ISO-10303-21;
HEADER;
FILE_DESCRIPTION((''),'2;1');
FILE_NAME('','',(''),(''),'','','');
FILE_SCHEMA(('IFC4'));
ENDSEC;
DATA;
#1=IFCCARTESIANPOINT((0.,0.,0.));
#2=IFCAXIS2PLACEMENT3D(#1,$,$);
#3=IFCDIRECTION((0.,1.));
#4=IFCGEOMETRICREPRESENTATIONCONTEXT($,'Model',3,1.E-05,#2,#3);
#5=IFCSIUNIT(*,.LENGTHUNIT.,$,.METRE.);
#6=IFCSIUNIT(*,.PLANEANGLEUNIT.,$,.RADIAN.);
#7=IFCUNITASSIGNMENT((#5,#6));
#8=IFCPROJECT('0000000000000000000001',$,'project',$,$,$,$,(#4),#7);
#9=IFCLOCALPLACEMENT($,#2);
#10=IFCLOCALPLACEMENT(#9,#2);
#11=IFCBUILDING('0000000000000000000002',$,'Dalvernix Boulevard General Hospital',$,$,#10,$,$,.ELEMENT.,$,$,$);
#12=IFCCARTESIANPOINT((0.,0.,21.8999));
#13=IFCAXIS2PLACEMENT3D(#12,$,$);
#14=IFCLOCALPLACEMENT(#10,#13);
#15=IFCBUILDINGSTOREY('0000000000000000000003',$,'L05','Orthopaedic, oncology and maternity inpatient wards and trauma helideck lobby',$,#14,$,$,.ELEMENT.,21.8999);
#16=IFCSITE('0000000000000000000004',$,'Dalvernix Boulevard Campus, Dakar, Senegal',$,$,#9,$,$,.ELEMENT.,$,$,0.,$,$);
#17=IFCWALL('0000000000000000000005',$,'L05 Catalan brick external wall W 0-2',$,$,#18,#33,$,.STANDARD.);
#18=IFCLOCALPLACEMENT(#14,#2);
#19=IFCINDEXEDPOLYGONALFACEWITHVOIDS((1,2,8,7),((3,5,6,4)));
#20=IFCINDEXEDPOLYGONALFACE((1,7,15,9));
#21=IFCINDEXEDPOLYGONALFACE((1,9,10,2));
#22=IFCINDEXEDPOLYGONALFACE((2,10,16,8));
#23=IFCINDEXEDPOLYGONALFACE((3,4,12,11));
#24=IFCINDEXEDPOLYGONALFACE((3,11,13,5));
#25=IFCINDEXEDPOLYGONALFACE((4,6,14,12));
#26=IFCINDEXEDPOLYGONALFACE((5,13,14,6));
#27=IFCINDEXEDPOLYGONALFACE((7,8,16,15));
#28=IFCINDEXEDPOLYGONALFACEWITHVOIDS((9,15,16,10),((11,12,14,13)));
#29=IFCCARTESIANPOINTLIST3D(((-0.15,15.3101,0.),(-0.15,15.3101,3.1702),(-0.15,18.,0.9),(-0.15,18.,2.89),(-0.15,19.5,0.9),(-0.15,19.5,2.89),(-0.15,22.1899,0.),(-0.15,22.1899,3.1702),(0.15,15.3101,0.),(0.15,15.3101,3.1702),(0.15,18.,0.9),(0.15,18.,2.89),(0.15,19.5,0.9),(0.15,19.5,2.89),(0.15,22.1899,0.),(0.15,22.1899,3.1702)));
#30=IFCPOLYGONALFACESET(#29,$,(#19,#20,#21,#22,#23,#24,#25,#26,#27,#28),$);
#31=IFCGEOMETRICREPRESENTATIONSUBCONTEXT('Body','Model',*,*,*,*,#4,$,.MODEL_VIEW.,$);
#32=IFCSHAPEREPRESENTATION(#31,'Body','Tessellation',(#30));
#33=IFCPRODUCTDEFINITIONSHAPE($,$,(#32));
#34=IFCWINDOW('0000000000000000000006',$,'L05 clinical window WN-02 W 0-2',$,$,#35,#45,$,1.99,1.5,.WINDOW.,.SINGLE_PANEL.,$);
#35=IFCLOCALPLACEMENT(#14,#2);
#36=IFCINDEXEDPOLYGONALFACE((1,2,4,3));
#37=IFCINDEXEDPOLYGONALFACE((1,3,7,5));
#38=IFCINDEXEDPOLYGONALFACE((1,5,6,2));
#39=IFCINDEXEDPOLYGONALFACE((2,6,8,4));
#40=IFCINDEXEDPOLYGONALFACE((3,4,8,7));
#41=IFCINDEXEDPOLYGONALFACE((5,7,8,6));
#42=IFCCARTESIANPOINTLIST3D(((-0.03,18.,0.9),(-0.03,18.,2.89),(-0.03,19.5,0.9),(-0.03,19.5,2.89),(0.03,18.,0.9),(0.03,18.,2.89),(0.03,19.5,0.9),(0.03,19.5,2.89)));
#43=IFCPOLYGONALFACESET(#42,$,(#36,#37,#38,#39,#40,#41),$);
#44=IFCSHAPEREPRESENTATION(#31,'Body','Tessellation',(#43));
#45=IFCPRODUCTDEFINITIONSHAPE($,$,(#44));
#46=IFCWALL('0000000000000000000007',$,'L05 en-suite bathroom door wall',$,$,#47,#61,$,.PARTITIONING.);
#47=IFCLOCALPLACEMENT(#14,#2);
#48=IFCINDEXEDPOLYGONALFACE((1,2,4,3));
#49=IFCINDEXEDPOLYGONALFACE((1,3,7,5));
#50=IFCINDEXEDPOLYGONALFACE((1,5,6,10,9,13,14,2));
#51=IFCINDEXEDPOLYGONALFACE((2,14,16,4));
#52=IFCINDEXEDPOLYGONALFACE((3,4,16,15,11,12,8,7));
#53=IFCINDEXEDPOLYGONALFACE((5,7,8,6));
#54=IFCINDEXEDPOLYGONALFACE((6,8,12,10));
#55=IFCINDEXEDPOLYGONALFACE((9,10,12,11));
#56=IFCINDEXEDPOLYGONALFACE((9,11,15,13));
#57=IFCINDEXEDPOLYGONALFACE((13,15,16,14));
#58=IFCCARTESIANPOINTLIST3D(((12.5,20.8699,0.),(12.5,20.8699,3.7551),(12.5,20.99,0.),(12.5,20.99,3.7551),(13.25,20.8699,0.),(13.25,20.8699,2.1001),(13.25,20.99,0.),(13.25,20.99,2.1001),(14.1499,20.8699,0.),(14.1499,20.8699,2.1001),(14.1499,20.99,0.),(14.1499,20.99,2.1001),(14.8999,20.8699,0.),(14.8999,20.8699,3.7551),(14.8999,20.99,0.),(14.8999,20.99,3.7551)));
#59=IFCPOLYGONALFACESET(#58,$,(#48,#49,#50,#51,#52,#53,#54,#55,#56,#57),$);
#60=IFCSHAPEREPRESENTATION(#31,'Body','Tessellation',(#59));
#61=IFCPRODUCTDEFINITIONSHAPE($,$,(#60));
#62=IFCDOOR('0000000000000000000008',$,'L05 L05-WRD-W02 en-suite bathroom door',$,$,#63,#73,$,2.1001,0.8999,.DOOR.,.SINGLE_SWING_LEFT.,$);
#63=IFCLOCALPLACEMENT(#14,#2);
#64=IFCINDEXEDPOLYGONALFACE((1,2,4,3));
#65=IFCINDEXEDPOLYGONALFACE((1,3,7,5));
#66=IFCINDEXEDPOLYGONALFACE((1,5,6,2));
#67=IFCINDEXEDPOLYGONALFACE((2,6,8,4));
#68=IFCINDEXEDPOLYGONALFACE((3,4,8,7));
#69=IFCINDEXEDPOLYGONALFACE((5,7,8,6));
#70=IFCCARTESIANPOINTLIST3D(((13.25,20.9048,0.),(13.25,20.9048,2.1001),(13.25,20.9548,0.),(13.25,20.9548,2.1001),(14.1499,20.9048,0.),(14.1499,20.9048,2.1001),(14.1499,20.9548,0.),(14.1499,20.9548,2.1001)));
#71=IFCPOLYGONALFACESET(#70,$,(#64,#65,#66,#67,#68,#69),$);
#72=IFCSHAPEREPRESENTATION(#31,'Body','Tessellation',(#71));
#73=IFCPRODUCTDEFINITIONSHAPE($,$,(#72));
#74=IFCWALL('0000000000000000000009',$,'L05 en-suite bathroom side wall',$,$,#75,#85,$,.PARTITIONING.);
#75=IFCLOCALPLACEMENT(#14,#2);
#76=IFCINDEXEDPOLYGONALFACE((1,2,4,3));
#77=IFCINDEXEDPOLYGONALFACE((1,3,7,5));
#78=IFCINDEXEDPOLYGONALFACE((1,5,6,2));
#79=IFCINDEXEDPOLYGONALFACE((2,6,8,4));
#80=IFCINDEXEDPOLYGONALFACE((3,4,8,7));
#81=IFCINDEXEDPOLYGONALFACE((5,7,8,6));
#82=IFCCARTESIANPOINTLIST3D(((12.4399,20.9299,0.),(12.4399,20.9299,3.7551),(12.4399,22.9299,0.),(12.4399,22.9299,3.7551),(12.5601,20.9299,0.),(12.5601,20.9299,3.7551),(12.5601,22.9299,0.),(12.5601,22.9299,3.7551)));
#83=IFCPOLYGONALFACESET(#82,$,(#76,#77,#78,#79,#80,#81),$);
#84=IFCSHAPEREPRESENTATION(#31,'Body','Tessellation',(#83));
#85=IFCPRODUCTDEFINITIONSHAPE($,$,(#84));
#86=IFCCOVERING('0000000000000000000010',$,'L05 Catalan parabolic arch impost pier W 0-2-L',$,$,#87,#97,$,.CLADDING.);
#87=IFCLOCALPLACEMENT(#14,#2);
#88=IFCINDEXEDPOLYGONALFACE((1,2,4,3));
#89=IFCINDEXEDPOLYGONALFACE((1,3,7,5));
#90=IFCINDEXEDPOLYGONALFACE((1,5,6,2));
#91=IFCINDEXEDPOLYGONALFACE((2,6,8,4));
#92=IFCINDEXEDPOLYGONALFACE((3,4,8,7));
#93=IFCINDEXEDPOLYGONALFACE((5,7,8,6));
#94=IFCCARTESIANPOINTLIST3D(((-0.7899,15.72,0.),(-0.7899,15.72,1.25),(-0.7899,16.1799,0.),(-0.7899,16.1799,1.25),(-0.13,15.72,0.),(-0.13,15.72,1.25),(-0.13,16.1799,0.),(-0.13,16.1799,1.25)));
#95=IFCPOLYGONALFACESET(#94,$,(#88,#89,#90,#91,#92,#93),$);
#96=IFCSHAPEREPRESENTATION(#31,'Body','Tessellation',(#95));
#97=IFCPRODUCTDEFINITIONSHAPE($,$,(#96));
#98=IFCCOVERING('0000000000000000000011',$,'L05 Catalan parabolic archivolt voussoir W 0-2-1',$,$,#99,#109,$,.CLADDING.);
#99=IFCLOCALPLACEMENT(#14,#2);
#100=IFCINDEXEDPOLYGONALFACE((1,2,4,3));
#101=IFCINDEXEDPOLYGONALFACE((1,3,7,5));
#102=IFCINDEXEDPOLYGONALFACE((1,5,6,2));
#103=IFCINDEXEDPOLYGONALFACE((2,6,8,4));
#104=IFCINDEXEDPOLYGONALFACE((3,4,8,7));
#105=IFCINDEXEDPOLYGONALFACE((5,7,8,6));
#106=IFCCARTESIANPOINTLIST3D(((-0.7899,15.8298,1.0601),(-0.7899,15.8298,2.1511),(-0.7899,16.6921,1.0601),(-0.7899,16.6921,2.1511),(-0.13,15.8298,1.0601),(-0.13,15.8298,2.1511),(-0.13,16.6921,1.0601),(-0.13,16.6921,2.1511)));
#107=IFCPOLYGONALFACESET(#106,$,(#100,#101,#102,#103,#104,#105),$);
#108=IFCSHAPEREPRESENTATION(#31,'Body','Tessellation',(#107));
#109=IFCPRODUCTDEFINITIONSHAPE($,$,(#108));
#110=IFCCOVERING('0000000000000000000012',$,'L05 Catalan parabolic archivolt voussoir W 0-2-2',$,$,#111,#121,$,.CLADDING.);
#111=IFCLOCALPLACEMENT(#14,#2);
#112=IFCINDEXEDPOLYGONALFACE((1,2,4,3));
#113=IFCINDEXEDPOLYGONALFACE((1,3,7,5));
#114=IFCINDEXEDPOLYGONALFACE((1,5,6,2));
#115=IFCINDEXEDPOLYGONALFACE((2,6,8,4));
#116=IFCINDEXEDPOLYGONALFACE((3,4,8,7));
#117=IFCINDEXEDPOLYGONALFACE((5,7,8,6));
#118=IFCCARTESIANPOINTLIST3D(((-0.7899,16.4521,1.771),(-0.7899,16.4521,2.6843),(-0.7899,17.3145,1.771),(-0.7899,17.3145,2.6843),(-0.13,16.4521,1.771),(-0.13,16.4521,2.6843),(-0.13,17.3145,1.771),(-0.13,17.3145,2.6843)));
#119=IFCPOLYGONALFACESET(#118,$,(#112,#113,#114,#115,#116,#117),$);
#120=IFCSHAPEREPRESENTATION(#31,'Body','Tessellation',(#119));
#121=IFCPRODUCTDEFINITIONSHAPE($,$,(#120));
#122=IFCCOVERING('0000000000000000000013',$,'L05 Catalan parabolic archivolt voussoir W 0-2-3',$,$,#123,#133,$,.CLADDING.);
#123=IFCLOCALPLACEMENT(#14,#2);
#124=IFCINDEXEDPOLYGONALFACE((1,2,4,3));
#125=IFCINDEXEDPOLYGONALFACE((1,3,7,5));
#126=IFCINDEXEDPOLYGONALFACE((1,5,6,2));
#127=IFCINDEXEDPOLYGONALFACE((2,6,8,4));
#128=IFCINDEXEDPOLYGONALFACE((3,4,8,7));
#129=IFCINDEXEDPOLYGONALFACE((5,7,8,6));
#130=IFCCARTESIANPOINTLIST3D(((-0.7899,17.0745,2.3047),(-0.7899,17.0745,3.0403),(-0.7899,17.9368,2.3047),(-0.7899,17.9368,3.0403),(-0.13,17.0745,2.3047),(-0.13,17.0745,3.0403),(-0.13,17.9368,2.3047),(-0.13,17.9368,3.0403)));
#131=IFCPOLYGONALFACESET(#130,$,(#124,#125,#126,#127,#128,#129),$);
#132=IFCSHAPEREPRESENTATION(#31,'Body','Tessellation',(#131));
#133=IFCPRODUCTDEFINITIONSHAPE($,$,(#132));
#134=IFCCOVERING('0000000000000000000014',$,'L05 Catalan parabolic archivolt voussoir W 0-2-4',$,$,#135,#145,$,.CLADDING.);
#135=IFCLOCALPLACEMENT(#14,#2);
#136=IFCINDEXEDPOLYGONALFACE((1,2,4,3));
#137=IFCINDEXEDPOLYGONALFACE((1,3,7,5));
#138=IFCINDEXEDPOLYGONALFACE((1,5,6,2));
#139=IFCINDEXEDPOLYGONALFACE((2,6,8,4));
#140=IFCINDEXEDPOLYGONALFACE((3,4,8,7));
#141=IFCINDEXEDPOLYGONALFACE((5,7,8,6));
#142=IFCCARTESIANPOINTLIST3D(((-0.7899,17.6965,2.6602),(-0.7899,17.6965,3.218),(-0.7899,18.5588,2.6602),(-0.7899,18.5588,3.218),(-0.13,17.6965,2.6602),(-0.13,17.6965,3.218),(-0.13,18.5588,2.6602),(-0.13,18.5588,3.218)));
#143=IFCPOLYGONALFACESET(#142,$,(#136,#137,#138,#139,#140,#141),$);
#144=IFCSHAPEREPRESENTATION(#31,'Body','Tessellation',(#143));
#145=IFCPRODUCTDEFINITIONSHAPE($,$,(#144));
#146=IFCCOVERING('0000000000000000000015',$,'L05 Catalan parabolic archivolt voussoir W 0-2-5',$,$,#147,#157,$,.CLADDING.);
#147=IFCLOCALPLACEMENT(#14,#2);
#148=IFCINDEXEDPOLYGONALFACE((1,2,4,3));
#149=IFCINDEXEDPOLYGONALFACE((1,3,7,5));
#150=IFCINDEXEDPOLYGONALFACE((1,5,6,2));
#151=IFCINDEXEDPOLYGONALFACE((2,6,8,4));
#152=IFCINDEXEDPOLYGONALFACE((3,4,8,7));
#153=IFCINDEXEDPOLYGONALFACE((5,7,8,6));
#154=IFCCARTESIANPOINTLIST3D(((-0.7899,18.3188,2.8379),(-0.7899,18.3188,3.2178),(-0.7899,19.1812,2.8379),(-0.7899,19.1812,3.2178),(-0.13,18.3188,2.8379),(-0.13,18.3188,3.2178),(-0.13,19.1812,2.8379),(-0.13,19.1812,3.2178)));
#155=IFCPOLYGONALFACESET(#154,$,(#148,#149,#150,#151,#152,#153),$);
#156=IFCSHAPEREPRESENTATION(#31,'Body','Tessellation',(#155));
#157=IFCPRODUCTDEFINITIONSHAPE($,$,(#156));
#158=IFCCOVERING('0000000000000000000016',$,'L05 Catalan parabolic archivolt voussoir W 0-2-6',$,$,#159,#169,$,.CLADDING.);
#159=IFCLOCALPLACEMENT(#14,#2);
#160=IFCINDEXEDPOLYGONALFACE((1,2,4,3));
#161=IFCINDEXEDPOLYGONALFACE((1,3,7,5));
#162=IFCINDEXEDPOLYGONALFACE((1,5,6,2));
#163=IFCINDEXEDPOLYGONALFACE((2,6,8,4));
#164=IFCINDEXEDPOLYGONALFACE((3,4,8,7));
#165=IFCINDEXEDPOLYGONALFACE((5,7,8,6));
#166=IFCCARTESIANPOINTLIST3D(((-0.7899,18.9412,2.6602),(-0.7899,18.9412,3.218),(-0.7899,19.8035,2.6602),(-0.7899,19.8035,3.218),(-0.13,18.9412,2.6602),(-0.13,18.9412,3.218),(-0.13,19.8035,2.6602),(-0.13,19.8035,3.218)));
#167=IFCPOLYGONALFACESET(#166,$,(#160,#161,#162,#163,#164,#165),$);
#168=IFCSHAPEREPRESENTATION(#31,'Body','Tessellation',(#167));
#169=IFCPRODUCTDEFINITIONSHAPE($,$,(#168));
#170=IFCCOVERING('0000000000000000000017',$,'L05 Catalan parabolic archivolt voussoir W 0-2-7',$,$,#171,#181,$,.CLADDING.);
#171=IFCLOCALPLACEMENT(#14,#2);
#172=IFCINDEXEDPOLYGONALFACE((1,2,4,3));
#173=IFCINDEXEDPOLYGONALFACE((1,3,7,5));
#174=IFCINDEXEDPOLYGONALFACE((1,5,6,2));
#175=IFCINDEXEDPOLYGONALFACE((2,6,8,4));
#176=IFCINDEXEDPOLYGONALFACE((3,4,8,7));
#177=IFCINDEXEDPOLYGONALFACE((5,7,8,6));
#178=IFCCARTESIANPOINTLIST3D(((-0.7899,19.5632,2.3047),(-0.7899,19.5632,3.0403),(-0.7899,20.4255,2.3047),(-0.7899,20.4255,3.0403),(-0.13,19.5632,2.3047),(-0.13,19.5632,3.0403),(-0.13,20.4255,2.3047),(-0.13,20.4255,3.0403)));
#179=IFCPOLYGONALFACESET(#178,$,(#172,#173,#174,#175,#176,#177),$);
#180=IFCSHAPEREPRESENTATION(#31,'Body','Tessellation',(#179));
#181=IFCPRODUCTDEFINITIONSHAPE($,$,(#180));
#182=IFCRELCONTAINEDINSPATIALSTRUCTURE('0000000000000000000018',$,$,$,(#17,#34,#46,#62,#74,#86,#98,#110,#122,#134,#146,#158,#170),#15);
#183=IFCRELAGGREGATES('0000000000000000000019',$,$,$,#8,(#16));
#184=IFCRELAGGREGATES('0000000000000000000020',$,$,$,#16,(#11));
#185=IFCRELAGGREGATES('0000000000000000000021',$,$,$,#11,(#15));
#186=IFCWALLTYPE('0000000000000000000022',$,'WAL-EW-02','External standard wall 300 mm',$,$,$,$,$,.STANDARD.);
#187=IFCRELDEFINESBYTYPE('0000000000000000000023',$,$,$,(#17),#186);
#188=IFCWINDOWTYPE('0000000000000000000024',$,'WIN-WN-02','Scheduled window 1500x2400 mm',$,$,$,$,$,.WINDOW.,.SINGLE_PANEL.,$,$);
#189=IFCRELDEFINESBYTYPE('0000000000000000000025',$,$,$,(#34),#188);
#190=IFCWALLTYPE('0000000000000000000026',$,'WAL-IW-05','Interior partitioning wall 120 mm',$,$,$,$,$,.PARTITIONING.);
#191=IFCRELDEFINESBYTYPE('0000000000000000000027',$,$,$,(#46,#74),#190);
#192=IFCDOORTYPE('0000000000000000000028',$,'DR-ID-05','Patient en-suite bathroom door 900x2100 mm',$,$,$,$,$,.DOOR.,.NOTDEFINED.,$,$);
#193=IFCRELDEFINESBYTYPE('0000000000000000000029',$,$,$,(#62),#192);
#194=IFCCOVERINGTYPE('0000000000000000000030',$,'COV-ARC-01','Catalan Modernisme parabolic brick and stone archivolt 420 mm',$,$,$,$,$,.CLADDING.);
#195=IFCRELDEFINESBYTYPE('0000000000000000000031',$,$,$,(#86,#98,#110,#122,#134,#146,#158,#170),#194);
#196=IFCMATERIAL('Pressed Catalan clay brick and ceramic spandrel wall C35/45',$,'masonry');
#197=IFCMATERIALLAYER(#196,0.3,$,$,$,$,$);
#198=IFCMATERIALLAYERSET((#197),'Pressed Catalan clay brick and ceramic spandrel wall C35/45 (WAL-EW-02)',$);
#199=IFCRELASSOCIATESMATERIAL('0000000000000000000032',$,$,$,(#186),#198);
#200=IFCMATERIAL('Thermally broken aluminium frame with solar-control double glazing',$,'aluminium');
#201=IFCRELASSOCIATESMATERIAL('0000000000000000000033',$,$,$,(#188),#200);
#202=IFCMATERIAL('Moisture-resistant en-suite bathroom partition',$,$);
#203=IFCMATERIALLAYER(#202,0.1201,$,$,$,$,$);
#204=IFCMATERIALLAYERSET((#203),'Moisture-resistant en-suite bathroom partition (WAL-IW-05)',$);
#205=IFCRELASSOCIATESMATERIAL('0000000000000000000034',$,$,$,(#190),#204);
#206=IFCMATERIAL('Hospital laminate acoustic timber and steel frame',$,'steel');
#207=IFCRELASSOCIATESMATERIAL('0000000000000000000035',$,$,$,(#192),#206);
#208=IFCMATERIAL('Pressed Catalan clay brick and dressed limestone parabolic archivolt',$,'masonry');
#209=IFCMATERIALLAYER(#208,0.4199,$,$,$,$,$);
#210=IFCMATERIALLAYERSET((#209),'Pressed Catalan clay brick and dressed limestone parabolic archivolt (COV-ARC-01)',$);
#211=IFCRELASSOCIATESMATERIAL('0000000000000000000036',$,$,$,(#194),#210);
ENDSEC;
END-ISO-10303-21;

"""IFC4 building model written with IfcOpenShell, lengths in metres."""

from ifc_helpers import new_model, si_unit, direction, frame, frame_2d, origin, origin_2d, place, context, subcontext, project, spatial, rectangle, extrude, material, layer, layer_set, type_object, element, fill, save


model = new_model("IFC4")

# Units and contexts
model_context = context("Model", 3, precision=1e-05, world=origin(), true_north=direction((0.0, 1.0)))
body_context = subcontext(model_context, "Body", "Model", "MODEL_VIEW")
ifc_project = project(units=[si_unit("LENGTHUNIT", "METRE"), si_unit("PLANEANGLEUNIT", "RADIAN")], contexts=[model_context])

# Site, building, storey
site_placement = place(None, origin())
site = spatial("IfcSite", under=ifc_project, at=site_placement, Name="Dalvernix Boulevard Campus, Dakar, Senegal", CompositionType="ELEMENT", RefElevation=0.0)
building_placement = place(site_placement, origin())
building = spatial("IfcBuilding", under=site, at=building_placement, Name="Dalvernix Boulevard General Hospital", CompositionType="ELEMENT")
storey_placement = place(building_placement, frame((0.0, 0.0, 21.8999)))
storey = spatial("IfcBuildingStorey", under=building, at=storey_placement, Name="L05", Description="Orthopaedic, oncology and maternity inpatient wards and trauma helideck lobby", CompositionType="ELEMENT", Elevation=21.8999)

# Wall, opening, window
ifc_material_1 = material(Name="Pressed Catalan clay brick and ceramic spandrel wall C35/45", Category="masonry")
ifc_layer_1 = layer(ifc_material_1, 0.3)
ifc_layer_set_1 = layer_set([ifc_layer_1], Name="Pressed Catalan clay brick and ceramic spandrel wall C35/45 (WAL-EW-02)")
wall_type_1 = type_object("IfcWallType", Name="WAL-EW-02", Description="External standard wall 300 mm", PredefinedType="STANDARD", material=ifc_layer_set_1)
wall_1_placement = place(storey_placement, frame((0.0, 15.3101, 0.0), z_axis=(0.0, 0.0, 1.0), x_axis=(0.0, 1.0, 0.0)))
wall_1 = element("IfcWall", 1, at=wall_1_placement, inside=storey, type_object=wall_type_1, Name="L05 Catalan brick external wall W 0-2", PredefinedType="STANDARD", context=body_context, shape_type="SweptSolid", body=[
    extrude(rectangle(XDim=6.8799, YDim=0.3, at=frame_2d((3.4399, 0.0))), origin(), (0.0, 0.0, 1.0), 3.1702),
])
opening_1_placement = place(wall_1_placement, frame((2.6899, 0.0, 0.8999)))
opening_1 = element("IfcOpeningElement", 2, at=opening_1_placement, cuts=wall_1, PredefinedType="OPENING", context=body_context, shape_type="SweptSolid", body=[
    extrude(rectangle(XDim=1.5, YDim=1.99, at=frame_2d((0.75, 0.9951))), frame((0.0, 0.1599, 0.0), z_axis=(0.0, -1.0, 0.0), x_axis=(1.0, 0.0, 0.0)), (0.0, 0.0, 1.0), 0.3201),
])
ifc_material_2 = material(Name="Thermally broken aluminium frame with solar-control double glazing", Category="aluminium")
window_type = type_object("IfcWindowType", Name="WIN-WN-02", Description="Scheduled window 1500x2400 mm", PartitioningType="SINGLE_PANEL", PredefinedType="WINDOW", material=ifc_material_2)
window_placement = place(opening_1_placement, origin())
window = element("IfcWindow", 3, at=window_placement, inside=storey, type_object=window_type, Name="L05 clinical window WN-02 W 0-2", OverallHeight=1.99, OverallWidth=1.5, PartitioningType="SINGLE_PANEL", PredefinedType="WINDOW", context=body_context, shape_type="SweptSolid", body=[
    extrude(rectangle(XDim=1.5, YDim=1.99, at=frame_2d((0.75, 0.9951))), frame((0.0, 0.03, 0.0), z_axis=(0.0, -1.0, 0.0), x_axis=(1.0, 0.0, 0.0)), (0.0, 0.0, 1.0), 0.0601),
])
fill(opening_1, window)

# Wall, opening, door
ifc_material_3 = material(Name="Moisture-resistant en-suite bathroom partition")
ifc_layer_2 = layer(ifc_material_3, 0.1201)
ifc_layer_set_2 = layer_set([ifc_layer_2], Name="Moisture-resistant en-suite bathroom partition (WAL-IW-05)")
wall_type_2 = type_object("IfcWallType", Name="WAL-IW-05", Description="Interior partitioning wall 120 mm", PredefinedType="PARTITIONING", material=ifc_layer_set_2)
wall_2_placement = place(storey_placement, frame((12.5, 20.9299, 0.0), z_axis=(0.0, 0.0, 1.0), x_axis=(1.0, 0.0, 0.0)))
wall_2 = element("IfcWall", 4, at=wall_2_placement, inside=storey, type_object=wall_type_2, Name="L05 en-suite bathroom door wall", PredefinedType="PARTITIONING", context=body_context, shape_type="SweptSolid", body=[
    extrude(rectangle(XDim=2.3999, YDim=0.1201, at=frame_2d((1.2, 0.0))), origin(), (0.0, 0.0, 1.0), 3.7551),
])
opening_2_placement = place(wall_2_placement, frame((0.75, 0.0, 0.0)))
opening_2 = element("IfcOpeningElement", 5, at=opening_2_placement, cuts=wall_2, PredefinedType="OPENING", context=body_context, shape_type="SweptSolid", body=[
    extrude(rectangle(XDim=0.8999, YDim=2.1001, at=frame_2d((0.45, 1.05))), frame((0.0, 0.0701, 0.0), z_axis=(0.0, -1.0, 0.0), x_axis=(1.0, 0.0, 0.0)), (0.0, 0.0, 1.0), 0.1401),
])
ifc_material_4 = material(Name="Hospital laminate acoustic timber and steel frame", Category="steel")
door_type = type_object("IfcDoorType", Name="DR-ID-05", Description="Patient en-suite bathroom door 900x2100 mm", OperationType="NOTDEFINED", PredefinedType="DOOR", material=ifc_material_4)
door_placement = place(opening_2_placement, origin())
door = element("IfcDoor", 6, at=door_placement, inside=storey, type_object=door_type, Name="L05 L05-WRD-W02 en-suite bathroom door", OperationType="SINGLE_SWING_LEFT", OverallHeight=2.1001, OverallWidth=0.8999, PredefinedType="DOOR", context=body_context, shape_type="SweptSolid", body=[
    extrude(rectangle(XDim=0.8999, YDim=2.1001, at=frame_2d((0.45, 1.05))), frame((0.0, 0.0249, 0.0), z_axis=(0.0, -1.0, 0.0), x_axis=(1.0, 0.0, 0.0)), (0.0, 0.0, 1.0), 0.05),
])
fill(opening_2, door)

# Wall
wall_3_placement = place(storey_placement, frame((12.5, 20.9299, 0.0), z_axis=(0.0, 0.0, 1.0), x_axis=(0.0, 1.0, 0.0)))
element("IfcWall", 7, at=wall_3_placement, inside=storey, type_object=wall_type_2, Name="L05 en-suite bathroom side wall", PredefinedType="PARTITIONING", context=body_context, shape_type="SweptSolid", body=[
    extrude(rectangle(XDim=2.0, YDim=0.1201, at=frame_2d((1.0, 0.0))), origin(), (0.0, 0.0, 1.0), 3.7551),
])

# Coverings
ifc_material_5 = material(Name="Pressed Catalan clay brick and dressed limestone parabolic archivolt", Category="masonry")
ifc_layer_3 = layer(ifc_material_5, 0.4199)
ifc_layer_set_3 = layer_set([ifc_layer_3], Name="Pressed Catalan clay brick and dressed limestone parabolic archivolt (COV-ARC-01)")
covering_type_1 = type_object("IfcCoveringType", Name="COV-ARC-01", Description="Catalan Modernisme parabolic brick and stone archivolt 420 mm", PredefinedType="CLADDING", material=ifc_layer_set_3)
covering_1_placement = place(storey_placement, frame((-0.46, 15.95, 0.0), z_axis=(0.0, 0.0, 1.0), x_axis=(0.0, 1.0, 0.0)))
element("IfcCovering", 8, at=covering_1_placement, inside=storey, type_object=covering_type_1, Name="L05 Catalan parabolic arch impost pier W 0-2-L", PredefinedType="CLADDING", context=body_context, shape_type="SweptSolid", body=[
    extrude(rectangle(XDim=0.46, YDim=0.6599, at=origin_2d()), origin(), (0.0, 0.0, 1.0), 1.25),
])
covering_2_placement = place(storey_placement, frame((-0.46, 16.261, 1.0601), z_axis=(0.0, 0.0, 1.0), x_axis=(0.0, 1.0, 0.0)))
element("IfcCovering", 9, at=covering_2_placement, inside=storey, type_object=covering_type_1, Name="L05 Catalan parabolic archivolt voussoir W 0-2-1", PredefinedType="CLADDING", context=body_context, shape_type="SweptSolid", body=[
    extrude(rectangle(XDim=0.8623, YDim=0.6599, at=origin_2d()), origin(), (0.0, 0.0, 1.0), 1.0911),
])
covering_3_placement = place(storey_placement, frame((-0.46, 16.8833, 1.771), z_axis=(0.0, 0.0, 1.0), x_axis=(0.0, 1.0, 0.0)))
element("IfcCovering", 10, at=covering_3_placement, inside=storey, type_object=covering_type_1, Name="L05 Catalan parabolic archivolt voussoir W 0-2-2", PredefinedType="CLADDING", context=body_context, shape_type="SweptSolid", body=[
    extrude(rectangle(XDim=0.8623, YDim=0.6599, at=origin_2d()), origin(), (0.0, 0.0, 1.0), 0.9133),
])
covering_4_placement = place(storey_placement, frame((-0.46, 17.5056, 2.3047), z_axis=(0.0, 0.0, 1.0), x_axis=(0.0, 1.0, 0.0)))
element("IfcCovering", 11, at=covering_4_placement, inside=storey, type_object=covering_type_1, Name="L05 Catalan parabolic archivolt voussoir W 0-2-3", PredefinedType="CLADDING", context=body_context, shape_type="SweptSolid", body=[
    extrude(rectangle(XDim=0.8623, YDim=0.6599, at=origin_2d()), origin(), (0.0, 0.0, 1.0), 0.7356),
])
covering_5_placement = place(storey_placement, frame((-0.46, 18.1277, 2.6602), z_axis=(0.0, 0.0, 1.0), x_axis=(0.0, 1.0, 0.0)))
element("IfcCovering", 12, at=covering_5_placement, inside=storey, type_object=covering_type_1, Name="L05 Catalan parabolic archivolt voussoir W 0-2-4", PredefinedType="CLADDING", context=body_context, shape_type="SweptSolid", body=[
    extrude(rectangle(XDim=0.8623, YDim=0.6599, at=origin_2d()), origin(), (0.0, 0.0, 1.0), 0.5579),
])
covering_6_placement = place(storey_placement, frame((-0.46, 18.75, 2.8379), z_axis=(0.0, 0.0, 1.0), x_axis=(0.0, 1.0, 0.0)))
element("IfcCovering", 13, at=covering_6_placement, inside=storey, type_object=covering_type_1, Name="L05 Catalan parabolic archivolt voussoir W 0-2-5", PredefinedType="CLADDING", context=body_context, shape_type="SweptSolid", body=[
    extrude(rectangle(XDim=0.8623, YDim=0.6599, at=origin_2d()), origin(), (0.0, 0.0, 1.0), 0.3799),
])
covering_7_placement = place(storey_placement, frame((-0.46, 19.3723, 2.6602), z_axis=(0.0, 0.0, 1.0), x_axis=(0.0, 1.0, 0.0)))
element("IfcCovering", 14, at=covering_7_placement, inside=storey, type_object=covering_type_1, Name="L05 Catalan parabolic archivolt voussoir W 0-2-6", PredefinedType="CLADDING", context=body_context, shape_type="SweptSolid", body=[
    extrude(rectangle(XDim=0.8623, YDim=0.6599, at=origin_2d()), origin(), (0.0, 0.0, 1.0), 0.5579),
])
covering_8_placement = place(storey_placement, frame((-0.46, 19.9944, 2.3047), z_axis=(0.0, 0.0, 1.0), x_axis=(0.0, 1.0, 0.0)))
element("IfcCovering", 15, at=covering_8_placement, inside=storey, type_object=covering_type_1, Name="L05 Catalan parabolic archivolt voussoir W 0-2-7", PredefinedType="CLADDING", context=body_context, shape_type="SweptSolid", body=[
    extrude(rectangle(XDim=0.8623, YDim=0.6599, at=origin_2d()), origin(), (0.0, 0.0, 1.0), 0.7356),
])

save(model, "model.ifc")
